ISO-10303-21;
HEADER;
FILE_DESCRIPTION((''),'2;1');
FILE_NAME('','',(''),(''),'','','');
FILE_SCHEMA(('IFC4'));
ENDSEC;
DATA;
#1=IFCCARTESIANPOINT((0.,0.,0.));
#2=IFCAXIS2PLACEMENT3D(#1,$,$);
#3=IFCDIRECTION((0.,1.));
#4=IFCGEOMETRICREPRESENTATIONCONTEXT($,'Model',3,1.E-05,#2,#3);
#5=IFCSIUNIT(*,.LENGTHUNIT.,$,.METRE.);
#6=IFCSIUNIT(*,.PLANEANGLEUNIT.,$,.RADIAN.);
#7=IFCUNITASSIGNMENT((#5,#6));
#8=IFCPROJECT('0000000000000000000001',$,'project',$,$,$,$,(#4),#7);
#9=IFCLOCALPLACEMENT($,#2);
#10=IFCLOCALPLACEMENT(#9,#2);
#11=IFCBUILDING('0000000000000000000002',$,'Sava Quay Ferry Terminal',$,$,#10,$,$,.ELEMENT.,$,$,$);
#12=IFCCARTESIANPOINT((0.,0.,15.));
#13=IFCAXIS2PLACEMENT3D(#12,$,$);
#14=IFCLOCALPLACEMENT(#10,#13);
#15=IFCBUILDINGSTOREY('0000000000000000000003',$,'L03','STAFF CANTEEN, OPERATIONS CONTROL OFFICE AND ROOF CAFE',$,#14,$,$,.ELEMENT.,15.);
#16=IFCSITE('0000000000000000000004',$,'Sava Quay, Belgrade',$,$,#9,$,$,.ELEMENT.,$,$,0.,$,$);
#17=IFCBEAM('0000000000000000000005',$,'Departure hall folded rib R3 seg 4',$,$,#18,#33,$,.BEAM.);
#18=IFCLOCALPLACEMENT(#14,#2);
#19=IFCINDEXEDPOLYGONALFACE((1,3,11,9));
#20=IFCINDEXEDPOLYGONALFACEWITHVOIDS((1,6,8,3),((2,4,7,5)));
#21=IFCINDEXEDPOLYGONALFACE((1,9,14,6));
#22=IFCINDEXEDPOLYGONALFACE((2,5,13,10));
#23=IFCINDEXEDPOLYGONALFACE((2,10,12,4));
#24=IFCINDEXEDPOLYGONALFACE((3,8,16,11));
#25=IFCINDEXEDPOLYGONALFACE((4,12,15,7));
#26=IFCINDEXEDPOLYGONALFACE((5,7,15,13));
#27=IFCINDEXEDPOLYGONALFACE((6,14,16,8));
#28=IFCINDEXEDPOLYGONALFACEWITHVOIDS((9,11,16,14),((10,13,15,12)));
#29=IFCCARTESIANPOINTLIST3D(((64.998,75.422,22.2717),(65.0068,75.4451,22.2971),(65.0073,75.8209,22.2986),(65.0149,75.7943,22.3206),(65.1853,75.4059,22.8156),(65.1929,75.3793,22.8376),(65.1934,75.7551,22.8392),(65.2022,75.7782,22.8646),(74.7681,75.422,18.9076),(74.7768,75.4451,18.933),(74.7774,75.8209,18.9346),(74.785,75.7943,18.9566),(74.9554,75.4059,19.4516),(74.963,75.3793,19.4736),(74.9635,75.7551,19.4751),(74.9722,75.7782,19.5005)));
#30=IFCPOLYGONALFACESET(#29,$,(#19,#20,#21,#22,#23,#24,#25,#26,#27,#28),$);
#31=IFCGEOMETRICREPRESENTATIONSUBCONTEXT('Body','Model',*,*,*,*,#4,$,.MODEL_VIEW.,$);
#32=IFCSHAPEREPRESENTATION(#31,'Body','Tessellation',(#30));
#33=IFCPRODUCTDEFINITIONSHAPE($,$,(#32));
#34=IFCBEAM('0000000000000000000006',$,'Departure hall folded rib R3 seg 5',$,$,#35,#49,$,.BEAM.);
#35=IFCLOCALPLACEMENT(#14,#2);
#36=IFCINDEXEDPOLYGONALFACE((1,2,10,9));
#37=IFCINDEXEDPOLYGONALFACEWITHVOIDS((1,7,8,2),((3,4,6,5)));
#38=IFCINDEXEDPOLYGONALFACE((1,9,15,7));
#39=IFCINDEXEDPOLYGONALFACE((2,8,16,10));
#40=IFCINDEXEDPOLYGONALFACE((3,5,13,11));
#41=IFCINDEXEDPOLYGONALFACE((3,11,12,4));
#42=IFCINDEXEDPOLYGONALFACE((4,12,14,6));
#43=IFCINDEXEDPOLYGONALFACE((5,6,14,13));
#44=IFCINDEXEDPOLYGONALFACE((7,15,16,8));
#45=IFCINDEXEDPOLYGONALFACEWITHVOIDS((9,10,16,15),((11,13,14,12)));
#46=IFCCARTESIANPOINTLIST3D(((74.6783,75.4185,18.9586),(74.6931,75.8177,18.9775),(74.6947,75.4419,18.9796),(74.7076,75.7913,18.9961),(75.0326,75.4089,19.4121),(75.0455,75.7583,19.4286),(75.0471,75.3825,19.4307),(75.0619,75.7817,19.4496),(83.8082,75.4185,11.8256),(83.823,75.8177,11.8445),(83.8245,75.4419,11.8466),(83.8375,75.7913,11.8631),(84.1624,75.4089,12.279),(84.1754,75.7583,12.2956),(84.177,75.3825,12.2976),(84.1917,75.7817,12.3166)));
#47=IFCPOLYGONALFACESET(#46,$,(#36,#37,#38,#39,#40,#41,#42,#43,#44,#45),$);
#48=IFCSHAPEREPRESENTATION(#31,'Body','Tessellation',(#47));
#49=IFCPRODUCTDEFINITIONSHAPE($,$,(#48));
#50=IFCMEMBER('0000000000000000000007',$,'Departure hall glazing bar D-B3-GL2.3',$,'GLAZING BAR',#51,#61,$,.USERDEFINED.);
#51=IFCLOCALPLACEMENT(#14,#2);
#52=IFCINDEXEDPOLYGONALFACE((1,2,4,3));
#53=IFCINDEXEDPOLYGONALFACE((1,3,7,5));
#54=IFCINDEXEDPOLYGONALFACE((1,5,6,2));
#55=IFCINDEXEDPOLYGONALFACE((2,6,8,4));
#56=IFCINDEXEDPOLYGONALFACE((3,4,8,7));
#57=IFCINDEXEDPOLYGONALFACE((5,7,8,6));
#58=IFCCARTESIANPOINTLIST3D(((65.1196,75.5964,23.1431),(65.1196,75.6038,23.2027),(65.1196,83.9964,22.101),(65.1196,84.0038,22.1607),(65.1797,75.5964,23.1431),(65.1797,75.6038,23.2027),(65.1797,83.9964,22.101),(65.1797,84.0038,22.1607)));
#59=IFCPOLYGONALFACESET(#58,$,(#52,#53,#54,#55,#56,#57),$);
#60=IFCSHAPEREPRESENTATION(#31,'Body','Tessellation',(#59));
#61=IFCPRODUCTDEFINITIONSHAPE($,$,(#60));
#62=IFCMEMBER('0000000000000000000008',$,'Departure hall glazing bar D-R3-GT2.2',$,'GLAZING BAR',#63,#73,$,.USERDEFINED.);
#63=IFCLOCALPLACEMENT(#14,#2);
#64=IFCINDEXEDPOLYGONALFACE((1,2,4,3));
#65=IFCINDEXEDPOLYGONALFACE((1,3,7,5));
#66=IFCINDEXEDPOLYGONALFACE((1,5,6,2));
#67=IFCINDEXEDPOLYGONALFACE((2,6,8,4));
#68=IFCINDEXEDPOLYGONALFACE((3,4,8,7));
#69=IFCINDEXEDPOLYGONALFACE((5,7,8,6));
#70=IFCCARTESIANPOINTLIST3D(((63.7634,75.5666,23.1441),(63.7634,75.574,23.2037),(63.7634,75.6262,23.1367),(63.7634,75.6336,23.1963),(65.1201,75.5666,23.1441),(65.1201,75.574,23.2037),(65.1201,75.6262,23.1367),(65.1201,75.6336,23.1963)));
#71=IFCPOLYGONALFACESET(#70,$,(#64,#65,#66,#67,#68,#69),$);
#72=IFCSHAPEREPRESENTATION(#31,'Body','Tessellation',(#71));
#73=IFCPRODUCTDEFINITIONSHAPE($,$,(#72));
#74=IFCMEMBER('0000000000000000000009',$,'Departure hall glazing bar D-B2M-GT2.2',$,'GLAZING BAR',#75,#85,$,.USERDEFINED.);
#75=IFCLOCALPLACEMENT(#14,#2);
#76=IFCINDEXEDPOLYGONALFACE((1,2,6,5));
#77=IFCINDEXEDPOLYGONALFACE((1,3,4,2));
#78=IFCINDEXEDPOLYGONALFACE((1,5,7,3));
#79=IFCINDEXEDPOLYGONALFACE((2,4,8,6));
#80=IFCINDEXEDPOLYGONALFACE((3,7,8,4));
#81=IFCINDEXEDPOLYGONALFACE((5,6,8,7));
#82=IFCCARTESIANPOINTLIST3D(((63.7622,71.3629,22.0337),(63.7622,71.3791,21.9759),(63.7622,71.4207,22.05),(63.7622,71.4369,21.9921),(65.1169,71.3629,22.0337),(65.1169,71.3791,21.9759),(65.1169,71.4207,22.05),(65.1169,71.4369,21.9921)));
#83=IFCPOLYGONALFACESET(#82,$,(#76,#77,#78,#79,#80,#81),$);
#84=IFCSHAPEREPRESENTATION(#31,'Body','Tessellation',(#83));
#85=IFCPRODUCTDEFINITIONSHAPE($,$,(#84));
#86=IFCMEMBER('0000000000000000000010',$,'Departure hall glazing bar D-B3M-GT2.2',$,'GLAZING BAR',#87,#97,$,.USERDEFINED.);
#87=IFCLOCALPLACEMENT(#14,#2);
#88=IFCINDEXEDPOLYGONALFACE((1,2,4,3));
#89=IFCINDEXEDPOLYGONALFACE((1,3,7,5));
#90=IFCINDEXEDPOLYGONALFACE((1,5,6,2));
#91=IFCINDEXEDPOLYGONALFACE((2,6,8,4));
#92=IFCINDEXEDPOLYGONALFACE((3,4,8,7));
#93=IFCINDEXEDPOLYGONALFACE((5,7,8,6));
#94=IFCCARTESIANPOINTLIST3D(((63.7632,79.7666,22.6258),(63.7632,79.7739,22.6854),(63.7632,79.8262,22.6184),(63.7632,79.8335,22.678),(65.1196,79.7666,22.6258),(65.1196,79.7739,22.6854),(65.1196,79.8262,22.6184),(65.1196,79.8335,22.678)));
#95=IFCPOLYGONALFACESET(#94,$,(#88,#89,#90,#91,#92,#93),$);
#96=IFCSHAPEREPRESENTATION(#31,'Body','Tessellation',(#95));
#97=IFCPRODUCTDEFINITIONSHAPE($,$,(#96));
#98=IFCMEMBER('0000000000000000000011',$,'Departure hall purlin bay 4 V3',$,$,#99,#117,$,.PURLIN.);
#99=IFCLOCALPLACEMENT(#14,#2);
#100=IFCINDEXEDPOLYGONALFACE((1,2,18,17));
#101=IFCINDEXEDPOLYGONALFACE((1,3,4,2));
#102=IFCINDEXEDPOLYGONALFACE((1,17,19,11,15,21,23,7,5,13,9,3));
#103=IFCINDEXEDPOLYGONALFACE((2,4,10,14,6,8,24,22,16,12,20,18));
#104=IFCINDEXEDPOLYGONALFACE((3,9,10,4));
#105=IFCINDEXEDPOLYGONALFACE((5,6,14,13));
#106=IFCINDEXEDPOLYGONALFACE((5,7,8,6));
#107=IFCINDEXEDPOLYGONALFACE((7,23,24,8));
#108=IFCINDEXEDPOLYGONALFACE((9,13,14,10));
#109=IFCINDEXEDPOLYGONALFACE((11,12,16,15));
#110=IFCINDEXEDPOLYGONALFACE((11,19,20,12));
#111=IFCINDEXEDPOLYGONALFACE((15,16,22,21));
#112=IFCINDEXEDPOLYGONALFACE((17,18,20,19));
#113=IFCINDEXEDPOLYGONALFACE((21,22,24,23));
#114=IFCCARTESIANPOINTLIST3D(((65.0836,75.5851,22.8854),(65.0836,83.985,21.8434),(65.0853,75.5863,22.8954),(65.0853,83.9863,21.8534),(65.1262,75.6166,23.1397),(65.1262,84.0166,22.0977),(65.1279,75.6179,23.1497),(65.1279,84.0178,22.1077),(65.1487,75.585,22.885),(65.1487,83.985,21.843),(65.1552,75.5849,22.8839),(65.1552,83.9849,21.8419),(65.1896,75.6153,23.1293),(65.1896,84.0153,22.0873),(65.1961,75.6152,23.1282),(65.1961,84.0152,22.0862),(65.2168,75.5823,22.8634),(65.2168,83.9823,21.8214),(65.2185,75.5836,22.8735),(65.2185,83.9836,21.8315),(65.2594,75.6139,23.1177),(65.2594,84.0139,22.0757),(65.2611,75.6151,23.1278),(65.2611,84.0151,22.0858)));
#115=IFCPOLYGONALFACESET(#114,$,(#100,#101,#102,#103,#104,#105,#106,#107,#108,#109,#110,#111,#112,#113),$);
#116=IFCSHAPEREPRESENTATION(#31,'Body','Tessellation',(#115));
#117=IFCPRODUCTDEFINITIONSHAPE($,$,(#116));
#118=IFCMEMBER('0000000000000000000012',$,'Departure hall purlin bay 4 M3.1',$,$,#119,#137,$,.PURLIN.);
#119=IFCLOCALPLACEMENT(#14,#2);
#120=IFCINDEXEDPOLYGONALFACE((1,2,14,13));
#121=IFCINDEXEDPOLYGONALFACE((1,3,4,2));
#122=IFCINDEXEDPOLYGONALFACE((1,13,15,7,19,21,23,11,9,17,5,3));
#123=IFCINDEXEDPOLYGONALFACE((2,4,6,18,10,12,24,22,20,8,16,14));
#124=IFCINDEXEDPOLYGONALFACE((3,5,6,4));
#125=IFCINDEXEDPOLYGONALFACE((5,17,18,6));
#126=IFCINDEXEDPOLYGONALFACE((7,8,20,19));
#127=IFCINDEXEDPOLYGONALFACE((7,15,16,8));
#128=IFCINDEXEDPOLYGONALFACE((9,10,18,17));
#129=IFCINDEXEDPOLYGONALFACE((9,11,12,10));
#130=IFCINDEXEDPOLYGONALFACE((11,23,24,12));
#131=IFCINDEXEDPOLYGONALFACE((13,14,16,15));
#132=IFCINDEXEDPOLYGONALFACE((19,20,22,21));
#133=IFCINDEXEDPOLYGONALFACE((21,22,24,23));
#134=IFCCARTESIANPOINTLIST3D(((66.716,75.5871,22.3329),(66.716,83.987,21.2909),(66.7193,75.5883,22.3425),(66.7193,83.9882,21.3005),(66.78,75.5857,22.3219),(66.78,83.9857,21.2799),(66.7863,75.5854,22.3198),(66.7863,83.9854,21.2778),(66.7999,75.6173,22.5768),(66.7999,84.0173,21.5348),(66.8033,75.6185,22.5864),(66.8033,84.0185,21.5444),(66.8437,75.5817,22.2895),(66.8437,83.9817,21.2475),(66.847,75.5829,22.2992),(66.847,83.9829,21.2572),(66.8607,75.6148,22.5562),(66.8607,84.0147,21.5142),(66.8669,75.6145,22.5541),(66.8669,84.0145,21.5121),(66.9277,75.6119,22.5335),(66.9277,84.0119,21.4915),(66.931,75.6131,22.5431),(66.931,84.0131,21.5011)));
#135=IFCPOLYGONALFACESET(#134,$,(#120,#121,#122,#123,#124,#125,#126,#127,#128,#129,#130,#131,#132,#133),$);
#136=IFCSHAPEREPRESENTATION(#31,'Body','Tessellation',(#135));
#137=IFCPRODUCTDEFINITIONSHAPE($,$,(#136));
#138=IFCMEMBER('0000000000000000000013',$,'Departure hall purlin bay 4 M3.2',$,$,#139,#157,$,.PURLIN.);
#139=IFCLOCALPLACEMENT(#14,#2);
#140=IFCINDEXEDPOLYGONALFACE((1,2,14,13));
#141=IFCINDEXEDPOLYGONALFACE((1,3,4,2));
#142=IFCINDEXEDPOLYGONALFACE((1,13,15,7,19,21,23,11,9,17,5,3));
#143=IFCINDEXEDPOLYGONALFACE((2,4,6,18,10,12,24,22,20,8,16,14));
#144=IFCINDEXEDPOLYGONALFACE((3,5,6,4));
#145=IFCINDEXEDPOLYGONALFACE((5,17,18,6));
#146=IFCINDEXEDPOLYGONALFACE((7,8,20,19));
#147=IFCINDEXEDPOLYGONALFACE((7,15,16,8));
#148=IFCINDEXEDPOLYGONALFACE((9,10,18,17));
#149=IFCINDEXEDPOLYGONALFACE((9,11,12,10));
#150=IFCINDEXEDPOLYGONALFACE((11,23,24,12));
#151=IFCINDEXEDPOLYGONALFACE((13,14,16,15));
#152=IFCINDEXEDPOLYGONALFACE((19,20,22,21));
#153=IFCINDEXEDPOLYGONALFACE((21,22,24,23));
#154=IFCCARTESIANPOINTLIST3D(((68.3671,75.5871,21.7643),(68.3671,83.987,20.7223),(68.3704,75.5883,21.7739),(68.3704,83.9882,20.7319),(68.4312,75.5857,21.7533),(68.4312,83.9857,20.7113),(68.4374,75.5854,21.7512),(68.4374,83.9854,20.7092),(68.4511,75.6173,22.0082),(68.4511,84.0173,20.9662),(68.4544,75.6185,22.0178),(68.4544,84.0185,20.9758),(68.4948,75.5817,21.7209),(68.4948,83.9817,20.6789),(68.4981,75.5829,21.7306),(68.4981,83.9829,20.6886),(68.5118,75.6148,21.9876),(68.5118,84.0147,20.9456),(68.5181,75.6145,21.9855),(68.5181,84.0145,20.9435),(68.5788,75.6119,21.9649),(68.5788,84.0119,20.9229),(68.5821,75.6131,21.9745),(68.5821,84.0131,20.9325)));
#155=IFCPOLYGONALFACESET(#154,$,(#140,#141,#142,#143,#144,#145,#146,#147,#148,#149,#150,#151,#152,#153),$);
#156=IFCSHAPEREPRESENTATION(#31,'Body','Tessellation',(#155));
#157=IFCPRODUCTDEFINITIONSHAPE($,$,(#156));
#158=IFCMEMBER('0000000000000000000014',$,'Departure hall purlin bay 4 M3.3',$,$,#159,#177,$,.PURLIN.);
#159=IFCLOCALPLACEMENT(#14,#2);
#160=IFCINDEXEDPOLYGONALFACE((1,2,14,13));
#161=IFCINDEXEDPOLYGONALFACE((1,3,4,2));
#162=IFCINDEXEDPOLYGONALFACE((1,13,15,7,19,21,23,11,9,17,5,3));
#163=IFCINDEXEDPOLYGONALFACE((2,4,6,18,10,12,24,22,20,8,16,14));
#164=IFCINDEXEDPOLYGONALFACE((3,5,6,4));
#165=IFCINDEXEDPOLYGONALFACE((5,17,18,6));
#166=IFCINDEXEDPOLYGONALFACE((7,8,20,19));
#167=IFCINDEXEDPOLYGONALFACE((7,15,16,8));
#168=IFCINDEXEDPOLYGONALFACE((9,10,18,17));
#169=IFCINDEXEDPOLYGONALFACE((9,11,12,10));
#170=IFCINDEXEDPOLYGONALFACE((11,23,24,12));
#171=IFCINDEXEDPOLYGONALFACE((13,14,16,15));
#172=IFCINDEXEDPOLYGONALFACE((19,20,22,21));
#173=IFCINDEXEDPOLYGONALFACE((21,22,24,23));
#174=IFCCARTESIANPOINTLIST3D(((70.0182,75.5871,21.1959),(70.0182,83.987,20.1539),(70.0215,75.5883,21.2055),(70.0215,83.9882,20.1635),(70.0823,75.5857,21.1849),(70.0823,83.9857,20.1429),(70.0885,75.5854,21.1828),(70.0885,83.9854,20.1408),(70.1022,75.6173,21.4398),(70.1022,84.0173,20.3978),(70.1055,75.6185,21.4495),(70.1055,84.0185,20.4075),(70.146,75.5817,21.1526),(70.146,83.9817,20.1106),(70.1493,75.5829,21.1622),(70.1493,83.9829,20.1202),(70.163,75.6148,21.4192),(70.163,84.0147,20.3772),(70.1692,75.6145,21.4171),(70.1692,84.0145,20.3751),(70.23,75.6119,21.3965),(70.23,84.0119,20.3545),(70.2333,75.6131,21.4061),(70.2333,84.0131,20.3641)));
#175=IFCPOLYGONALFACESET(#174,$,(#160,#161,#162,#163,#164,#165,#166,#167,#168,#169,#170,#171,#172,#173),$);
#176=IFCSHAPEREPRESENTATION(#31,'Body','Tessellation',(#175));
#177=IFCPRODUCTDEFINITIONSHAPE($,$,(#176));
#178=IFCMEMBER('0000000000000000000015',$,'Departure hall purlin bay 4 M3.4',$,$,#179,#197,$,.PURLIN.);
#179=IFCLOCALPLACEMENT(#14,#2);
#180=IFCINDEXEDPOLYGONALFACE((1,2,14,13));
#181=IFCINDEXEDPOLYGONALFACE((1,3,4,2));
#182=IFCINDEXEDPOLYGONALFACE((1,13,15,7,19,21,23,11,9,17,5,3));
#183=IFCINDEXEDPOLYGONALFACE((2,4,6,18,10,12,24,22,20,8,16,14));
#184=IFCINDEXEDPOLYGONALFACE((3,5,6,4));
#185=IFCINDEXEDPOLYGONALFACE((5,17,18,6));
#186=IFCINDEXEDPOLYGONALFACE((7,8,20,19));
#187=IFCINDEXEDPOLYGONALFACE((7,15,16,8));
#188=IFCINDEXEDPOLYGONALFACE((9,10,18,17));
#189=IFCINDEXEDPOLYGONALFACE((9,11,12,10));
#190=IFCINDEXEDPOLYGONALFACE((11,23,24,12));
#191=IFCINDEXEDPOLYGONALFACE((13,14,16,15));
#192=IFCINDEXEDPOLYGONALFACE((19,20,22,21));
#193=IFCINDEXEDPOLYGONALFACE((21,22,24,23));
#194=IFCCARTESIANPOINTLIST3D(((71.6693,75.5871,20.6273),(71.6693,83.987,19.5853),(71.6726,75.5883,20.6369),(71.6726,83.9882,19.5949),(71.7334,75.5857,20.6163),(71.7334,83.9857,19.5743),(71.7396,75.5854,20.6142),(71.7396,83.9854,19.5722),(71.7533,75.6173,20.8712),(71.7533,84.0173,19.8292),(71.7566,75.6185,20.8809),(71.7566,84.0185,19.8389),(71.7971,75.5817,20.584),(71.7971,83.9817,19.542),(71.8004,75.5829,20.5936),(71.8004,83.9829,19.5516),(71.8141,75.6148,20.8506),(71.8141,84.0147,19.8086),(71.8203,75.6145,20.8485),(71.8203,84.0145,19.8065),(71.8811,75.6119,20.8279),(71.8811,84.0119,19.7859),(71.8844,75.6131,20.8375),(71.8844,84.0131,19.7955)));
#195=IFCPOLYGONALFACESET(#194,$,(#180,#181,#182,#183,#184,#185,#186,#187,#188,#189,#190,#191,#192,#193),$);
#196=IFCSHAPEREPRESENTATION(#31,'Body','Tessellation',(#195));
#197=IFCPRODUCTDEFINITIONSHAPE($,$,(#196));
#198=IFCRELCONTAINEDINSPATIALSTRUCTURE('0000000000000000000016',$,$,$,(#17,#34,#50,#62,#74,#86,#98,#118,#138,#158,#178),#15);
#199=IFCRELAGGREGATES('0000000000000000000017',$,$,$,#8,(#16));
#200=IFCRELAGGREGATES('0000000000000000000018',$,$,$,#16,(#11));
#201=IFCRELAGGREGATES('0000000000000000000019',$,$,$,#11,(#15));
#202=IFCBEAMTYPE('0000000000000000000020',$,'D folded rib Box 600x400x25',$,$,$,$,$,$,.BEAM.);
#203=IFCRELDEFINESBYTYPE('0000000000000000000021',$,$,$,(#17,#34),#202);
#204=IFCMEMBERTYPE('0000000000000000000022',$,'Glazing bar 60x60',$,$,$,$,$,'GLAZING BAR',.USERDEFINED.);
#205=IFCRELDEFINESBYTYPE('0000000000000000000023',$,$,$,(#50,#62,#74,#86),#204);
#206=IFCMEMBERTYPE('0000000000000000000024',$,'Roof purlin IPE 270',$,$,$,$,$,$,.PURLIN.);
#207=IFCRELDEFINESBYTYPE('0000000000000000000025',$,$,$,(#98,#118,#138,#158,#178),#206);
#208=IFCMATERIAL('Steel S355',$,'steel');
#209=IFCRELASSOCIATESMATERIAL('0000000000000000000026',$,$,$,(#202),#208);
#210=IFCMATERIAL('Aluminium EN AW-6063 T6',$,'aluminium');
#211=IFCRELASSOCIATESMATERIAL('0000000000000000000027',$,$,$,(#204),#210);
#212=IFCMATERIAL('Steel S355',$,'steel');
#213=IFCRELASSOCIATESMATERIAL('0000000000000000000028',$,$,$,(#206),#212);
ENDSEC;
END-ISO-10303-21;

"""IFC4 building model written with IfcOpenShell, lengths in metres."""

from ifc_helpers import new_model, si_unit, direction, frame, origin, origin_2d, place, context, subcontext, project, spatial, polyline, rectangle, i_section, outline, extrude, material, material_profile, profile_set, type_object, element, save


model = new_model("IFC4")

# Units and contexts
model_context = context("Model", 3, precision=1e-05, world=origin(), true_north=direction((0.0, 1.0)))
body_context = subcontext(model_context, "Body", "Model", "MODEL_VIEW")
ifc_project = project(units=[si_unit("LENGTHUNIT", "METRE"), si_unit("PLANEANGLEUNIT", "RADIAN")], contexts=[model_context])

# Site, building, storey
site_placement = place(None, origin())
site = spatial("IfcSite", under=ifc_project, at=site_placement, Name="Sava Quay, Belgrade", CompositionType="ELEMENT", RefElevation=0.0)
building_placement = place(site_placement, origin())
building = spatial("IfcBuilding", under=site, at=building_placement, Name="Sava Quay Ferry Terminal", CompositionType="ELEMENT")
storey_placement = place(building_placement, frame((0.0, 0.0, 15.0)))
storey = spatial("IfcBuildingStorey", under=building, at=storey_placement, Name="L03", Description="STAFF CANTEEN, OPERATIONS CONTROL OFFICE AND ROOF CAFE", CompositionType="ELEMENT", Elevation=15.0)

# Beams
ifc_material_1 = material(Name="Steel S355", Category="steel")
ifc_material_profile_1 = material_profile(ifc_material_1, outline(polyline([(-0.2, -0.3), (0.2, -0.3), (0.2, 0.3), (-0.2, 0.3), (-0.2, -0.3)]), holes=[polyline([(-0.175, -0.2749), (-0.175, 0.2749), (0.175, 0.2749), (0.175, -0.2749), (-0.175, -0.2749)])]), Name="Box 600x400x25 built-up")
ifc_profile_set_1 = profile_set([ifc_material_profile_1], Name="Steel S355")
beam_type = type_object("IfcBeamType", Name="D folded rib Box 600x400x25", PredefinedType="BEAM", material=ifc_profile_set_1)
beam_1_placement = place(storey_placement, frame((65.1001, 75.6001, 22.5681), z_axis=(0.945521, 0.0, -0.325562), x_axis=(0.023189, 0.99746, 0.067348)))
element("IfcBeam", 1, at=beam_1_placement, inside=storey, type_object=beam_type, Name="Departure hall folded rib R3 seg 4", PredefinedType="BEAM", context=body_context, shape_type="SweptSolid", body=[
    extrude(outline(polyline([(-0.2, -0.3), (0.2, -0.3), (0.2, 0.3), (-0.2, 0.3), (-0.2, -0.3)]), holes=[polyline([(-0.175, -0.2749), (-0.175, 0.2749), (0.175, 0.2749), (0.175, -0.2749), (-0.175, -0.2749)])]), origin(), (0.0, 0.0, 1.0), 10.333),
])
beam_2_placement = place(storey_placement, frame((74.8701, 75.6001, 19.2041), z_axis=(0.78801, 0.0, -0.615662), x_axis=(0.03697, 0.998195, 0.047319)))
element("IfcBeam", 2, at=beam_2_placement, inside=storey, type_object=beam_type, Name="Departure hall folded rib R3 seg 5", PredefinedType="BEAM", context=body_context, shape_type="SweptSolid", body=[
    extrude(outline(polyline([(-0.2, -0.3), (0.2, -0.3), (0.2, 0.3), (-0.2, 0.3), (-0.2, -0.3)]), holes=[polyline([(-0.175, -0.2749), (-0.175, 0.2749), (0.175, 0.2749), (0.175, -0.2749), (-0.175, -0.2749)])]), origin(), (0.0, 0.0, 1.0), 11.5859),
])

# Members
ifc_material_2 = material(Name="Aluminium EN AW-6063 T6", Category="aluminium")
ifc_material_profile_2 = material_profile(ifc_material_2, rectangle(XDim=0.0601, YDim=0.0601, at=origin_2d()), Name="Bar 60 x 60")
ifc_profile_set_2 = profile_set([ifc_material_profile_2], Name="Aluminium EN AW-6063 T6")
member_type_1 = type_object("IfcMemberType", Name="Glazing bar 60x60", ElementType="GLAZING BAR", PredefinedType="USERDEFINED", material=ifc_profile_set_2)
member_1_placement = place(storey_placement, frame((65.1497, 75.6001, 23.1729), z_axis=(0.0, 0.992394, -0.123105), x_axis=(-1.0, 0.0, 0.0)))
element("IfcMember", 3, at=member_1_placement, inside=storey, type_object=member_type_1, Name="Departure hall glazing bar D-B3-GL2.3", ObjectType="GLAZING BAR", PredefinedType="USERDEFINED", context=body_context, shape_type="SweptSolid", body=[
    extrude(rectangle(XDim=0.0601, YDim=0.0601, at=origin_2d()), origin(), (0.0, 0.0, 1.0), 8.4644),
])
member_2_placement = place(storey_placement, frame((63.7634, 75.6001, 23.1702), z_axis=(1.0, 0.0, 0.0), x_axis=(0.0, 0.992394, -0.123104)))
element("IfcMember", 4, at=member_2_placement, inside=storey, type_object=member_type_1, Name="Departure hall glazing bar D-R3-GT2.2", ObjectType="GLAZING BAR", PredefinedType="USERDEFINED", context=body_context, shape_type="SweptSolid", body=[
    extrude(rectangle(XDim=0.0601, YDim=0.0601, at=origin_2d()), origin(), (0.0, 0.0, 1.0), 1.3567),
])
member_3_placement = place(storey_placement, frame((63.7622, 71.3999, 22.0129), z_axis=(1.0, 0.0, 0.0), x_axis=(0.0, 0.962815, 0.270161)))
element("IfcMember", 5, at=member_3_placement, inside=storey, type_object=member_type_1, Name="Departure hall glazing bar D-B2M-GT2.2", ObjectType="GLAZING BAR", PredefinedType="USERDEFINED", context=body_context, shape_type="SweptSolid", body=[
    extrude(rectangle(XDim=0.0601, YDim=0.0601, at=origin_2d()), origin(), (0.0, 0.0, 1.0), 1.3547),
])
member_4_placement = place(storey_placement, frame((63.7632, 79.8, 22.6519), z_axis=(1.0, 0.0, 0.0), x_axis=(0.0, 0.992394, -0.123104)))
element("IfcMember", 6, at=member_4_placement, inside=storey, type_object=member_type_1, Name="Departure hall glazing bar D-B3M-GT2.2", ObjectType="GLAZING BAR", PredefinedType="USERDEFINED", context=body_context, shape_type="SweptSolid", body=[
    extrude(rectangle(XDim=0.0601, YDim=0.0601, at=origin_2d()), origin(), (0.0, 0.0, 1.0), 1.3564),
])
ifc_material_3 = material(Name="Steel S355", Category="steel")
ifc_material_profile_3 = material_profile(ifc_material_3, i_section(OverallWidth=0.135, OverallDepth=0.27, WebThickness=0.0066, FlangeThickness=0.0103, at=origin_2d()), Name="IPE 270")
ifc_profile_set_3 = profile_set([ifc_material_profile_3], Name="Steel S355")
member_type_2 = type_object("IfcMemberType", Name="Roof purlin IPE 270", PredefinedType="PURLIN", material=ifc_profile_set_3)
for number, where, z_axis, x_axis, name in (
    (7, (65.1724, 75.6001, 23.0066), (0.0, 0.992394, -0.123105), (-0.986478, 0.020176, 0.162645), "Departure hall purlin bay 4 V3"),
    (8, (66.8235, 75.6001, 22.438), (0.0, 0.992394, -0.123105), (-0.946279, 0.039806, 0.320892), "Departure hall purlin bay 4 M3.1"),
    (9, (68.4746, 75.6001, 21.8694), (0.0, 0.992394, -0.123105), (-0.946279, 0.039806, 0.320892), "Departure hall purlin bay 4 M3.2"),
    (10, (70.1257, 75.6001, 21.301), (0.0, 0.992394, -0.123105), (-0.946279, 0.039806, 0.320892), "Departure hall purlin bay 4 M3.3"),
    (11, (71.7769, 75.6001, 20.7324), (0.0, 0.992394, -0.123105), (-0.946279, 0.039806, 0.320892), "Departure hall purlin bay 4 M3.4"),
):
    element("IfcMember", number, at=place(storey_placement, frame(where, z_axis=z_axis, x_axis=x_axis)), inside=storey, type_object=member_type_2, Name=name, PredefinedType="PURLIN", context=body_context, shape_type="SweptSolid", body=[
        extrude(i_section(OverallWidth=0.135, OverallDepth=0.27, WebThickness=0.0066, FlangeThickness=0.0103, at=origin_2d()), origin(), (0.0, 0.0, 1.0), 8.4644),
    ])

save(model, "model.ifc")
